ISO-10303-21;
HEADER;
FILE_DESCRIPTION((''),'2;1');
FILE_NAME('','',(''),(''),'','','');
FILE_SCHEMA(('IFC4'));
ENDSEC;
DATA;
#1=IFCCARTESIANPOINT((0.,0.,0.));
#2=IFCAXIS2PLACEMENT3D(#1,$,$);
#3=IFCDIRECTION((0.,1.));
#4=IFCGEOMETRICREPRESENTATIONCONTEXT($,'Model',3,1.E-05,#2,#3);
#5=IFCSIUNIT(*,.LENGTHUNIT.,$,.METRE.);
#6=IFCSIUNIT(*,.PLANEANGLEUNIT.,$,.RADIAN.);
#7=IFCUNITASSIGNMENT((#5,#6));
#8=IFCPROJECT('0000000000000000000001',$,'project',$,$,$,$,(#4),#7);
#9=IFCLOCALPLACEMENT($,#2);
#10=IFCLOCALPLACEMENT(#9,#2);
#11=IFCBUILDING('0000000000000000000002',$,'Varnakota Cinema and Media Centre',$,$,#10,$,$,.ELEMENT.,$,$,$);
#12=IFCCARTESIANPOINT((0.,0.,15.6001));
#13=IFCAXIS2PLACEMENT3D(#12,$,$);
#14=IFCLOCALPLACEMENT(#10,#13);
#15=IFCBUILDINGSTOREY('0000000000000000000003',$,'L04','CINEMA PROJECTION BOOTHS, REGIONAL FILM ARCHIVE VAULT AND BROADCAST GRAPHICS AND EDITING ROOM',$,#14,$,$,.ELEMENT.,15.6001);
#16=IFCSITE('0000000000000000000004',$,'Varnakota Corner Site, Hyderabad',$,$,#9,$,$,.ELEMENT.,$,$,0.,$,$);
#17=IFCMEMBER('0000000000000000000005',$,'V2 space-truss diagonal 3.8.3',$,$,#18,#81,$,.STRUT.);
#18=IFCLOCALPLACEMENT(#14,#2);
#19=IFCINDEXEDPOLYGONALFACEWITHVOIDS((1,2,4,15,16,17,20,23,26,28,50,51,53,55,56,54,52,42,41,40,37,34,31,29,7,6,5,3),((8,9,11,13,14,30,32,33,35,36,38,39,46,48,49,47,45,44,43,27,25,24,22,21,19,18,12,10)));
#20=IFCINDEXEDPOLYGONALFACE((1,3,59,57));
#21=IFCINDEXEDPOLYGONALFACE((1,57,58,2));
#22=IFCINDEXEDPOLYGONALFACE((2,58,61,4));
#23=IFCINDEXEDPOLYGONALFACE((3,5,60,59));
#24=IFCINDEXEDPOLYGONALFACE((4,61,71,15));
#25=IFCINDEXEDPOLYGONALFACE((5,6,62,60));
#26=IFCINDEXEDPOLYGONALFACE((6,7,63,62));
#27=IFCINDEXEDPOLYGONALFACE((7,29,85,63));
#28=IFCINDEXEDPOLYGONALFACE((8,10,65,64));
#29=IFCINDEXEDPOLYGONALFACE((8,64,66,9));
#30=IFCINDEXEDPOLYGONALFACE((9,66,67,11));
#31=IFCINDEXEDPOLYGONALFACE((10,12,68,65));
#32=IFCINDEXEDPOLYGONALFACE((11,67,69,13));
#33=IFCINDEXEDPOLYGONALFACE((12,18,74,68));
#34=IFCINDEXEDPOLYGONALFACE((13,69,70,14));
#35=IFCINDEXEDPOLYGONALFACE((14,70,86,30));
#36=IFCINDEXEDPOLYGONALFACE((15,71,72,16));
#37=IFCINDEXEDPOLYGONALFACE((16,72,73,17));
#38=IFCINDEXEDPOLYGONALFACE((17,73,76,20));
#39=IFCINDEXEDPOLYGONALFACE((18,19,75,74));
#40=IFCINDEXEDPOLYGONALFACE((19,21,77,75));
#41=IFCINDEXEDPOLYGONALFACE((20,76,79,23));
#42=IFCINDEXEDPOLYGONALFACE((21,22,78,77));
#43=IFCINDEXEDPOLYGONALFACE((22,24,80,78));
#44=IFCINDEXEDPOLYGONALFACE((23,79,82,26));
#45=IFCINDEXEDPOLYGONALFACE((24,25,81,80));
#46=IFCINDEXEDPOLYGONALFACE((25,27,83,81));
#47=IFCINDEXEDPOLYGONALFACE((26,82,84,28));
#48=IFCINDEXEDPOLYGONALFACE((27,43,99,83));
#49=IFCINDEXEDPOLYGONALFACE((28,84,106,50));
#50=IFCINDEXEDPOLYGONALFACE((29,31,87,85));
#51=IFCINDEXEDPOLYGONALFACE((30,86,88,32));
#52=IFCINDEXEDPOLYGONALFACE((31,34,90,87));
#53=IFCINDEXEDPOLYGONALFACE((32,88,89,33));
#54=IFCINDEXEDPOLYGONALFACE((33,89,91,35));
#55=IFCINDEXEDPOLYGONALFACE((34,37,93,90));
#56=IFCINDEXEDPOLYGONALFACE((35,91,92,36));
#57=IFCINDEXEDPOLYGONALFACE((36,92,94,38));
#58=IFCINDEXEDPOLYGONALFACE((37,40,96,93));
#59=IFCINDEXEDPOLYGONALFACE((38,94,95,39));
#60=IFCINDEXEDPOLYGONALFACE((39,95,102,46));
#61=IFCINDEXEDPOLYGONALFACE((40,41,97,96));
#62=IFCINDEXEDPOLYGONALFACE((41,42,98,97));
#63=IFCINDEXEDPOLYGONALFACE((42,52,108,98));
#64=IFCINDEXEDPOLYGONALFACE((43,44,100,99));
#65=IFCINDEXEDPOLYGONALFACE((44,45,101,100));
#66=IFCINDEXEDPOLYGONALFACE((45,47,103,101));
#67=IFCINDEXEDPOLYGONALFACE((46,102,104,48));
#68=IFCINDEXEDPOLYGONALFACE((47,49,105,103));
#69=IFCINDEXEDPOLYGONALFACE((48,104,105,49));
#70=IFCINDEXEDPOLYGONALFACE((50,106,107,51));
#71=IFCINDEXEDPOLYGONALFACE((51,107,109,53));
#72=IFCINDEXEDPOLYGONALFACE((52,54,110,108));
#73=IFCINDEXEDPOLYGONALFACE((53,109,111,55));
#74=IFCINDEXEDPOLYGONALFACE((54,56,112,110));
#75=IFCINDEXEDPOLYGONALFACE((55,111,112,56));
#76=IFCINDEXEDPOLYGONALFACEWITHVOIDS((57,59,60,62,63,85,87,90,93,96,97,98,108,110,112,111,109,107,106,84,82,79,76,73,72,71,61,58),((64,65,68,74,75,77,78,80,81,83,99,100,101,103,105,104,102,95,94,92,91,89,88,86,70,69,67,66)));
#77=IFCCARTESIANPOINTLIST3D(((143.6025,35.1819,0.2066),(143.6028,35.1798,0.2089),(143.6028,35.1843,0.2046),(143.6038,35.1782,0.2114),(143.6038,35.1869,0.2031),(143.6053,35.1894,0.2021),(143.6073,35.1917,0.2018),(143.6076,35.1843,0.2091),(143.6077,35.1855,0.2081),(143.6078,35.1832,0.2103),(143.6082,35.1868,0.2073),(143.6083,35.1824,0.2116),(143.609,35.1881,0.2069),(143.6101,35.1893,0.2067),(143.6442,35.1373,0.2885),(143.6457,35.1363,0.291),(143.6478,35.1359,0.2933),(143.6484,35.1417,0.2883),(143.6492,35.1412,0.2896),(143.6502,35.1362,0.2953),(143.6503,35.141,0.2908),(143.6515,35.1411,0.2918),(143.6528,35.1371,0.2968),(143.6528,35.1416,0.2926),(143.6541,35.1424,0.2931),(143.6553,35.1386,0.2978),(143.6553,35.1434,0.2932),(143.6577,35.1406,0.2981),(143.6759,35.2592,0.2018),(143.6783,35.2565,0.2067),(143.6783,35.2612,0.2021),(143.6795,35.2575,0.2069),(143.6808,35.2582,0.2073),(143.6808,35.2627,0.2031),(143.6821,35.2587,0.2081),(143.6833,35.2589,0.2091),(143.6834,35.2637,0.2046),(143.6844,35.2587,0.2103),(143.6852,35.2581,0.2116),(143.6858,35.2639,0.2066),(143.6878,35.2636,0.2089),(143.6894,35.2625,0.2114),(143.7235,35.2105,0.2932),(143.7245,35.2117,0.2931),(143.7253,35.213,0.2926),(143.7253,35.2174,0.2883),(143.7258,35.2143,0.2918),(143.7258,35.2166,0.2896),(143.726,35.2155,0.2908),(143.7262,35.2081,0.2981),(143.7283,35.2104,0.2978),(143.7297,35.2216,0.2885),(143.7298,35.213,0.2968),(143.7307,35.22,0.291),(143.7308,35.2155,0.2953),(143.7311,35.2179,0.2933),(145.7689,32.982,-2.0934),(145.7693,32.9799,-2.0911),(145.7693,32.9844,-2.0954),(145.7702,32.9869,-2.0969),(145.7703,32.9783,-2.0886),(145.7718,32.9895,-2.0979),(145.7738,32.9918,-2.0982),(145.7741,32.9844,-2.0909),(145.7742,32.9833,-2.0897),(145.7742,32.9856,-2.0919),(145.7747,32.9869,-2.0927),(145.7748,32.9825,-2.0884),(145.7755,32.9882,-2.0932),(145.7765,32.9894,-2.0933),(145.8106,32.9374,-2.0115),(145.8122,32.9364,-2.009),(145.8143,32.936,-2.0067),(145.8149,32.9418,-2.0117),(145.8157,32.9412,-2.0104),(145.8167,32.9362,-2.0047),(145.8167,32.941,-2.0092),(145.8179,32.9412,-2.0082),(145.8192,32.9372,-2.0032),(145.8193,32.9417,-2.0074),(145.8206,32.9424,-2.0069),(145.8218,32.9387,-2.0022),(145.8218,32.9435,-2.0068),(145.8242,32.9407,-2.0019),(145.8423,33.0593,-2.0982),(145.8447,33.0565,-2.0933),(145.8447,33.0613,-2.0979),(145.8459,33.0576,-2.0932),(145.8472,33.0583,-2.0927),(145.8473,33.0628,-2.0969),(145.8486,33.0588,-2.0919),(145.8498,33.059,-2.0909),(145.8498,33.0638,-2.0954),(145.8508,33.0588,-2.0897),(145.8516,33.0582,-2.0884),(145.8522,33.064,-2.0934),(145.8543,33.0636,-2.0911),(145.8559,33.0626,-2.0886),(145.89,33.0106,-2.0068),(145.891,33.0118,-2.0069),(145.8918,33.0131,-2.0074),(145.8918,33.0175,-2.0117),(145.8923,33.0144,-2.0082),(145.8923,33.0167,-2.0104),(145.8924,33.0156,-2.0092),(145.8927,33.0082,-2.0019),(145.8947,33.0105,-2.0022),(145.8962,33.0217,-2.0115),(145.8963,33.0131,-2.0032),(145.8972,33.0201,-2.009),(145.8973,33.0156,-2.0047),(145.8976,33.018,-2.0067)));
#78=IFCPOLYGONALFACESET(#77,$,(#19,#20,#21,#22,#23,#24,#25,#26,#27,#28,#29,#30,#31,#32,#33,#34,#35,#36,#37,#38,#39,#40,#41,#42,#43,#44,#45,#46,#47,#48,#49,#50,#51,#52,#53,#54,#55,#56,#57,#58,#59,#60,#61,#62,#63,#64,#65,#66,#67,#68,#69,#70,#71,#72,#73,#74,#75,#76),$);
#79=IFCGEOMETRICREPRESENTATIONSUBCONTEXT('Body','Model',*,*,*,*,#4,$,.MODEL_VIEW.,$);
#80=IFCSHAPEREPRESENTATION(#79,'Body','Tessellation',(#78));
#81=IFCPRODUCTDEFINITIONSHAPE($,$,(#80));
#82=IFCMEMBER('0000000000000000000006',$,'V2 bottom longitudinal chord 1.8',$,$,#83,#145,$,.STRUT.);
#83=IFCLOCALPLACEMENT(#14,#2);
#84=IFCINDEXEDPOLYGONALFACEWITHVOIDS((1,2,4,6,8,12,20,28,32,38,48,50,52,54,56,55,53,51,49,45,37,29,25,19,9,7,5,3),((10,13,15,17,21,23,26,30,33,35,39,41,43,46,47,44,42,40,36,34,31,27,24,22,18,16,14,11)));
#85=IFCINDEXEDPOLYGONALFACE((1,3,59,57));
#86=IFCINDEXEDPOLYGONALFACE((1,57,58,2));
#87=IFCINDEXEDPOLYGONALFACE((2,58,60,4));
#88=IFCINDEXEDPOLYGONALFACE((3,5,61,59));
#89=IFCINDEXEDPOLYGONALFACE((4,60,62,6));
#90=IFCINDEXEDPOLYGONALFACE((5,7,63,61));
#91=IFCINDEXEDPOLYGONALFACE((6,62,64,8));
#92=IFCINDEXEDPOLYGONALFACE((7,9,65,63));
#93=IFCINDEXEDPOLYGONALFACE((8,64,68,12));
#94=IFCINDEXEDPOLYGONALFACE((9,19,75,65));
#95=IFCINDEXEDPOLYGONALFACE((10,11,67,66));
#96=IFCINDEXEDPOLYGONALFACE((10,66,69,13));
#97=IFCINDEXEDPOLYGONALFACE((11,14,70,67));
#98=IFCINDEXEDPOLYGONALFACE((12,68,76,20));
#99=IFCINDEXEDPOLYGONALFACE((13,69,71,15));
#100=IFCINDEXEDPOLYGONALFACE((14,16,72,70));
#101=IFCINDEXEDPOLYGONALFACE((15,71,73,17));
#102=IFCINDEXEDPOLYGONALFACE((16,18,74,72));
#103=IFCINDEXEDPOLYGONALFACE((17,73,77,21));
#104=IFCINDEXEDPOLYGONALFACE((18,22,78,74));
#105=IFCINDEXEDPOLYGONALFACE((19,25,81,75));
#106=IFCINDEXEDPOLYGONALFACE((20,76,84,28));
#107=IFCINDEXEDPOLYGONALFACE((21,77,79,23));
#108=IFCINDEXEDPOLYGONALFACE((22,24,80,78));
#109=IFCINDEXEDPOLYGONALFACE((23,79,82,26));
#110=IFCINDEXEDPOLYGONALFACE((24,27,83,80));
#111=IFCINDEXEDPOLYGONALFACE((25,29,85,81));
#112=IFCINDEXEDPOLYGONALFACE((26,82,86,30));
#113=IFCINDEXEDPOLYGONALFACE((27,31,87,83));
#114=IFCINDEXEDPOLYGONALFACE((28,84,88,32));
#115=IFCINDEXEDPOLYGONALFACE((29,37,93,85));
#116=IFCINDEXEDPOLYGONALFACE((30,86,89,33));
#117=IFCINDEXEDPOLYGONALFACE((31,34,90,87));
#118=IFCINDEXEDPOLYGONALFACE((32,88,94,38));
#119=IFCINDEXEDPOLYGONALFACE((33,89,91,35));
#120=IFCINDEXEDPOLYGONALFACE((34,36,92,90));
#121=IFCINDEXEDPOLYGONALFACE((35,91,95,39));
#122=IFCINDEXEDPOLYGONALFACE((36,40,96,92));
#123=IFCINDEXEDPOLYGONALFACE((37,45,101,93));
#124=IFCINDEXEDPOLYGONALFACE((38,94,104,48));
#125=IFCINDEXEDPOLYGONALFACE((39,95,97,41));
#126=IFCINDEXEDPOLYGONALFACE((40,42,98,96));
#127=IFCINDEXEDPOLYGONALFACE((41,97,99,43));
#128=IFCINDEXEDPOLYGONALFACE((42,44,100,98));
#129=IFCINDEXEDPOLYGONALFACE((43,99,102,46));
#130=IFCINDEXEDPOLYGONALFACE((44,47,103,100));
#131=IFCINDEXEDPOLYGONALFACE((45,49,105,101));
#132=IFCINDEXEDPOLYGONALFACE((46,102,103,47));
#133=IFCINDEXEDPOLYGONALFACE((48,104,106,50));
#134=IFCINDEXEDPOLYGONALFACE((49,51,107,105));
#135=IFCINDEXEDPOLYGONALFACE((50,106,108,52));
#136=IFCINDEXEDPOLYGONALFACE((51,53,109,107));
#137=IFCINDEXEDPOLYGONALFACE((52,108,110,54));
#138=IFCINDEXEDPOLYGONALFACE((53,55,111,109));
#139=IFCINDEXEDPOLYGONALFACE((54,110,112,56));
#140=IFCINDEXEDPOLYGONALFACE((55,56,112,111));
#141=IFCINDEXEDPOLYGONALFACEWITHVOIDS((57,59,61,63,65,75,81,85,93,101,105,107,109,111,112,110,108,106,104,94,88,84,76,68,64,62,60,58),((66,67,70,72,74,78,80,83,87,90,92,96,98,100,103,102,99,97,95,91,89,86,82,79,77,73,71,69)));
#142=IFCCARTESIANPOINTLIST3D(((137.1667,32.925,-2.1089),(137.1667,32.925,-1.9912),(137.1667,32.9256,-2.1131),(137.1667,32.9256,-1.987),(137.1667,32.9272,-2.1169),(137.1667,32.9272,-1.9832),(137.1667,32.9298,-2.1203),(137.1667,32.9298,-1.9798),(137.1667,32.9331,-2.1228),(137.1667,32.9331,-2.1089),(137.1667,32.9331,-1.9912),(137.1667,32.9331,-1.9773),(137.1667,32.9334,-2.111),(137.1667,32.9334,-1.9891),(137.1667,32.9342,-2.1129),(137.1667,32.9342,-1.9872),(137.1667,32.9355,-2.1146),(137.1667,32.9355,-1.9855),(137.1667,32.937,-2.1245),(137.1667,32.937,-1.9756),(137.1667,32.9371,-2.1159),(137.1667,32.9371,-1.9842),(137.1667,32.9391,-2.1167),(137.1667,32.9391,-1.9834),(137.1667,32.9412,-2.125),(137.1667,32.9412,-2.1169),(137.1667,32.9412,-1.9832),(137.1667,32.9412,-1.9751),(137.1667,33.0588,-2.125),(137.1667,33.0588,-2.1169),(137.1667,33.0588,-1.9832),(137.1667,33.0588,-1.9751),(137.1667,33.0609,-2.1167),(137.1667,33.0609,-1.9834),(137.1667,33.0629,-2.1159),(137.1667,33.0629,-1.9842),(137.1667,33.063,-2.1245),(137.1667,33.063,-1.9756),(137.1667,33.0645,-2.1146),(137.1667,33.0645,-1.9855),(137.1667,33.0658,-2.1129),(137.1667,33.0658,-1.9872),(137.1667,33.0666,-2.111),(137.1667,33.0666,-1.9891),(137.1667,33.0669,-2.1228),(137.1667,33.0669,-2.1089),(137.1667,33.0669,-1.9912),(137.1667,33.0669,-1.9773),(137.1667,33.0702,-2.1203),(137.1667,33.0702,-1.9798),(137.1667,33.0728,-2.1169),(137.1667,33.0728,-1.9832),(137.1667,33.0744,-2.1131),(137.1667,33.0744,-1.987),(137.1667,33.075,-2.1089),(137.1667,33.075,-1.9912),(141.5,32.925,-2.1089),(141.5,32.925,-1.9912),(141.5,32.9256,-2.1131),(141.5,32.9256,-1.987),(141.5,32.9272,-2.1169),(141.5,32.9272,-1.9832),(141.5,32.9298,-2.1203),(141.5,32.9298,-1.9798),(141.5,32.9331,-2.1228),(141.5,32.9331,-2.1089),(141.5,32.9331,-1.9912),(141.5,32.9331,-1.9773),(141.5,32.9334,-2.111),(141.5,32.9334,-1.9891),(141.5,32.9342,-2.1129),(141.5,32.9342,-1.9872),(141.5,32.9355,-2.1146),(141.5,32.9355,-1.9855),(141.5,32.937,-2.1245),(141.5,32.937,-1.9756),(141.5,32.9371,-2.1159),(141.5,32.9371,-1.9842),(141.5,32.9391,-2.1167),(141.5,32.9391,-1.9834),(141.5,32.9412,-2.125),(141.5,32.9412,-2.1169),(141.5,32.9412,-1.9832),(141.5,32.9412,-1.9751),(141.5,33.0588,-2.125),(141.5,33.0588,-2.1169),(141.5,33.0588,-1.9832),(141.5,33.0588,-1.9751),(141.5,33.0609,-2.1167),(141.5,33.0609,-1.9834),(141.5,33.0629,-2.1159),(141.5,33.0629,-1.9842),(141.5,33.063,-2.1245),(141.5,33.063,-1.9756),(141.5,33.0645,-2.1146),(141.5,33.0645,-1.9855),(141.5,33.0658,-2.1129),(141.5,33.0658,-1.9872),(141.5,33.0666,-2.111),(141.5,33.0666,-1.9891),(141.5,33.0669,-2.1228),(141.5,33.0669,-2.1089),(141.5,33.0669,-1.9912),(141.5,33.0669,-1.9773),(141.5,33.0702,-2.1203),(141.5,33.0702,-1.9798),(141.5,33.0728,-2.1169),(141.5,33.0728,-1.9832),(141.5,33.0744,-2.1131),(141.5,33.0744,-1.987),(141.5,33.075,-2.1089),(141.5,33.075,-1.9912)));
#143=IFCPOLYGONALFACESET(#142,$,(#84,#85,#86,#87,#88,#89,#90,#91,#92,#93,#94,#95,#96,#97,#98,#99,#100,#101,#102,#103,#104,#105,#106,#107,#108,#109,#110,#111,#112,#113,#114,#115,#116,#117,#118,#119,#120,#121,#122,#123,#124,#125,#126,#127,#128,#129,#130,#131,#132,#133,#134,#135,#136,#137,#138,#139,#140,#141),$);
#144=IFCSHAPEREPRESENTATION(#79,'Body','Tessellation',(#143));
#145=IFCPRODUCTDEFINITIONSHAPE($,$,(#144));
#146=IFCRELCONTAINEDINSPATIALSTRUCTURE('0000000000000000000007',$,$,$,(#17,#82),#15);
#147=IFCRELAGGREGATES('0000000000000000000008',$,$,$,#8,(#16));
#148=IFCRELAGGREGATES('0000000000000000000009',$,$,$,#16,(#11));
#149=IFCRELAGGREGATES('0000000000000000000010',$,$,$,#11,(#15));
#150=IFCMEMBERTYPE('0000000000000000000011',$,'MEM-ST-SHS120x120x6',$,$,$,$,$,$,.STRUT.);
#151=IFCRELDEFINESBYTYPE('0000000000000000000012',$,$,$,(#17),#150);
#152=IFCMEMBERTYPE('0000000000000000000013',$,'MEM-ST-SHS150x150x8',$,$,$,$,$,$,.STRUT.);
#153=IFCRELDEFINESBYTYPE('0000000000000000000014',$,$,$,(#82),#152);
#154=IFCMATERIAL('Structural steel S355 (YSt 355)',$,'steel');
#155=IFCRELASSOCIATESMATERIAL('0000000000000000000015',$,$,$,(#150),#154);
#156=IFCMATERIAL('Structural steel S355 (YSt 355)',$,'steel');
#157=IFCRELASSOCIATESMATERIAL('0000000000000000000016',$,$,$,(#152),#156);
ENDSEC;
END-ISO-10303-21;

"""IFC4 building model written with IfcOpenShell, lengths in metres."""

from ifc_helpers import new_model, si_unit, direction, frame, origin, origin_2d, place, context, subcontext, project, spatial, hollow_rectangle, extrude, material, material_profile, profile_set, type_object, element, save


model = new_model("IFC4")

# Units and contexts
model_context = context("Model", 3, precision=1e-05, world=origin(), true_north=direction((0.0, 1.0)))
body_context = subcontext(model_context, "Body", "Model", "MODEL_VIEW")
ifc_project = project(units=[si_unit("LENGTHUNIT", "METRE"), si_unit("PLANEANGLEUNIT", "RADIAN")], contexts=[model_context])

# Site, building, storey
site_placement = place(None, origin())
site = spatial("IfcSite", under=ifc_project, at=site_placement, Name="Varnakota Corner Site, Hyderabad", CompositionType="ELEMENT", RefElevation=0.0)
building_placement = place(site_placement, origin())
building = spatial("IfcBuilding", under=site, at=building_placement, Name="Varnakota Cinema and Media Centre", CompositionType="ELEMENT")
storey_placement = place(building_placement, frame((0.0, 0.0, 15.6001)))
storey = spatial("IfcBuildingStorey", under=building, at=storey_placement, Name="L04", Description="CINEMA PROJECTION BOOTHS, REGIONAL FILM ARCHIVE VAULT AND BROADCAST GRAPHICS AND EDITING ROOM", CompositionType="ELEMENT", Elevation=15.6001)

# Members
ifc_material_1 = material(Name="Structural steel S355 (YSt 355)", Category="steel")
ifc_material_profile_1 = material_profile(ifc_material_1, hollow_rectangle(XDim=0.1201, YDim=0.1201, WallThickness=0.0061, InnerFilletRadius=0.0061, OuterFilletRadius=0.012, at=origin_2d()), Name="SHS 120x120x6")
ifc_profile_set_1 = profile_set([ifc_material_profile_1], Name="Structural steel S355 (YSt 355)")
member_type_1 = type_object("IfcMemberType", Name="MEM-ST-SHS120x120x6", PredefinedType="STRUT", material=ifc_profile_set_1)
member_1_placement = place(storey_placement, frame((145.8333, 33.0, -2.05), z_axis=(-0.562705, 0.571392, 0.59739), x_axis=(-0.712502, -0.70167, 0.0)))
element("IfcMember", 1, at=member_1_placement, inside=storey, type_object=member_type_1, Name="V2 space-truss diagonal 3.8.3", PredefinedType="STRUT", context=body_context, shape_type="SweptSolid", body=[
    extrude(hollow_rectangle(XDim=0.1201, YDim=0.1201, WallThickness=0.0061, InnerFilletRadius=0.0061, OuterFilletRadius=0.012, at=origin_2d()), origin(), (0.0, 0.0, 1.0), 3.8501),
])
ifc_material_2 = material(Name="Structural steel S355 (YSt 355)", Category="steel")
ifc_material_profile_2 = material_profile(ifc_material_2, hollow_rectangle(XDim=0.1499, YDim=0.1499, WallThickness=0.0081, InnerFilletRadius=0.0081, OuterFilletRadius=0.0161, at=origin_2d()), Name="SHS 150x150x8")
ifc_profile_set_2 = profile_set([ifc_material_profile_2], Name="Structural steel S355 (YSt 355)")
member_type_2 = type_object("IfcMemberType", Name="MEM-ST-SHS150x150x8", PredefinedType="STRUT", material=ifc_profile_set_2)
for number, where, z_axis, x_axis, name in (
    (2, (137.1667, 33.0, -2.05), (1.0, 0.0, 0.0), (0.0, 1.0, 0.0), "V2 bottom longitudinal chord 1.8"),
):
    element("IfcMember", number, at=place(storey_placement, frame(where, z_axis=z_axis, x_axis=x_axis)), inside=storey, type_object=member_type_2, Name=name, PredefinedType="STRUT", context=body_context, shape_type="SweptSolid", body=[
        extrude(hollow_rectangle(XDim=0.1499, YDim=0.1499, WallThickness=0.0081, InnerFilletRadius=0.0081, OuterFilletRadius=0.0161, at=origin_2d()), origin(), (0.0, 0.0, 1.0), 4.3333),
    ])

save(model, "model.ifc")
